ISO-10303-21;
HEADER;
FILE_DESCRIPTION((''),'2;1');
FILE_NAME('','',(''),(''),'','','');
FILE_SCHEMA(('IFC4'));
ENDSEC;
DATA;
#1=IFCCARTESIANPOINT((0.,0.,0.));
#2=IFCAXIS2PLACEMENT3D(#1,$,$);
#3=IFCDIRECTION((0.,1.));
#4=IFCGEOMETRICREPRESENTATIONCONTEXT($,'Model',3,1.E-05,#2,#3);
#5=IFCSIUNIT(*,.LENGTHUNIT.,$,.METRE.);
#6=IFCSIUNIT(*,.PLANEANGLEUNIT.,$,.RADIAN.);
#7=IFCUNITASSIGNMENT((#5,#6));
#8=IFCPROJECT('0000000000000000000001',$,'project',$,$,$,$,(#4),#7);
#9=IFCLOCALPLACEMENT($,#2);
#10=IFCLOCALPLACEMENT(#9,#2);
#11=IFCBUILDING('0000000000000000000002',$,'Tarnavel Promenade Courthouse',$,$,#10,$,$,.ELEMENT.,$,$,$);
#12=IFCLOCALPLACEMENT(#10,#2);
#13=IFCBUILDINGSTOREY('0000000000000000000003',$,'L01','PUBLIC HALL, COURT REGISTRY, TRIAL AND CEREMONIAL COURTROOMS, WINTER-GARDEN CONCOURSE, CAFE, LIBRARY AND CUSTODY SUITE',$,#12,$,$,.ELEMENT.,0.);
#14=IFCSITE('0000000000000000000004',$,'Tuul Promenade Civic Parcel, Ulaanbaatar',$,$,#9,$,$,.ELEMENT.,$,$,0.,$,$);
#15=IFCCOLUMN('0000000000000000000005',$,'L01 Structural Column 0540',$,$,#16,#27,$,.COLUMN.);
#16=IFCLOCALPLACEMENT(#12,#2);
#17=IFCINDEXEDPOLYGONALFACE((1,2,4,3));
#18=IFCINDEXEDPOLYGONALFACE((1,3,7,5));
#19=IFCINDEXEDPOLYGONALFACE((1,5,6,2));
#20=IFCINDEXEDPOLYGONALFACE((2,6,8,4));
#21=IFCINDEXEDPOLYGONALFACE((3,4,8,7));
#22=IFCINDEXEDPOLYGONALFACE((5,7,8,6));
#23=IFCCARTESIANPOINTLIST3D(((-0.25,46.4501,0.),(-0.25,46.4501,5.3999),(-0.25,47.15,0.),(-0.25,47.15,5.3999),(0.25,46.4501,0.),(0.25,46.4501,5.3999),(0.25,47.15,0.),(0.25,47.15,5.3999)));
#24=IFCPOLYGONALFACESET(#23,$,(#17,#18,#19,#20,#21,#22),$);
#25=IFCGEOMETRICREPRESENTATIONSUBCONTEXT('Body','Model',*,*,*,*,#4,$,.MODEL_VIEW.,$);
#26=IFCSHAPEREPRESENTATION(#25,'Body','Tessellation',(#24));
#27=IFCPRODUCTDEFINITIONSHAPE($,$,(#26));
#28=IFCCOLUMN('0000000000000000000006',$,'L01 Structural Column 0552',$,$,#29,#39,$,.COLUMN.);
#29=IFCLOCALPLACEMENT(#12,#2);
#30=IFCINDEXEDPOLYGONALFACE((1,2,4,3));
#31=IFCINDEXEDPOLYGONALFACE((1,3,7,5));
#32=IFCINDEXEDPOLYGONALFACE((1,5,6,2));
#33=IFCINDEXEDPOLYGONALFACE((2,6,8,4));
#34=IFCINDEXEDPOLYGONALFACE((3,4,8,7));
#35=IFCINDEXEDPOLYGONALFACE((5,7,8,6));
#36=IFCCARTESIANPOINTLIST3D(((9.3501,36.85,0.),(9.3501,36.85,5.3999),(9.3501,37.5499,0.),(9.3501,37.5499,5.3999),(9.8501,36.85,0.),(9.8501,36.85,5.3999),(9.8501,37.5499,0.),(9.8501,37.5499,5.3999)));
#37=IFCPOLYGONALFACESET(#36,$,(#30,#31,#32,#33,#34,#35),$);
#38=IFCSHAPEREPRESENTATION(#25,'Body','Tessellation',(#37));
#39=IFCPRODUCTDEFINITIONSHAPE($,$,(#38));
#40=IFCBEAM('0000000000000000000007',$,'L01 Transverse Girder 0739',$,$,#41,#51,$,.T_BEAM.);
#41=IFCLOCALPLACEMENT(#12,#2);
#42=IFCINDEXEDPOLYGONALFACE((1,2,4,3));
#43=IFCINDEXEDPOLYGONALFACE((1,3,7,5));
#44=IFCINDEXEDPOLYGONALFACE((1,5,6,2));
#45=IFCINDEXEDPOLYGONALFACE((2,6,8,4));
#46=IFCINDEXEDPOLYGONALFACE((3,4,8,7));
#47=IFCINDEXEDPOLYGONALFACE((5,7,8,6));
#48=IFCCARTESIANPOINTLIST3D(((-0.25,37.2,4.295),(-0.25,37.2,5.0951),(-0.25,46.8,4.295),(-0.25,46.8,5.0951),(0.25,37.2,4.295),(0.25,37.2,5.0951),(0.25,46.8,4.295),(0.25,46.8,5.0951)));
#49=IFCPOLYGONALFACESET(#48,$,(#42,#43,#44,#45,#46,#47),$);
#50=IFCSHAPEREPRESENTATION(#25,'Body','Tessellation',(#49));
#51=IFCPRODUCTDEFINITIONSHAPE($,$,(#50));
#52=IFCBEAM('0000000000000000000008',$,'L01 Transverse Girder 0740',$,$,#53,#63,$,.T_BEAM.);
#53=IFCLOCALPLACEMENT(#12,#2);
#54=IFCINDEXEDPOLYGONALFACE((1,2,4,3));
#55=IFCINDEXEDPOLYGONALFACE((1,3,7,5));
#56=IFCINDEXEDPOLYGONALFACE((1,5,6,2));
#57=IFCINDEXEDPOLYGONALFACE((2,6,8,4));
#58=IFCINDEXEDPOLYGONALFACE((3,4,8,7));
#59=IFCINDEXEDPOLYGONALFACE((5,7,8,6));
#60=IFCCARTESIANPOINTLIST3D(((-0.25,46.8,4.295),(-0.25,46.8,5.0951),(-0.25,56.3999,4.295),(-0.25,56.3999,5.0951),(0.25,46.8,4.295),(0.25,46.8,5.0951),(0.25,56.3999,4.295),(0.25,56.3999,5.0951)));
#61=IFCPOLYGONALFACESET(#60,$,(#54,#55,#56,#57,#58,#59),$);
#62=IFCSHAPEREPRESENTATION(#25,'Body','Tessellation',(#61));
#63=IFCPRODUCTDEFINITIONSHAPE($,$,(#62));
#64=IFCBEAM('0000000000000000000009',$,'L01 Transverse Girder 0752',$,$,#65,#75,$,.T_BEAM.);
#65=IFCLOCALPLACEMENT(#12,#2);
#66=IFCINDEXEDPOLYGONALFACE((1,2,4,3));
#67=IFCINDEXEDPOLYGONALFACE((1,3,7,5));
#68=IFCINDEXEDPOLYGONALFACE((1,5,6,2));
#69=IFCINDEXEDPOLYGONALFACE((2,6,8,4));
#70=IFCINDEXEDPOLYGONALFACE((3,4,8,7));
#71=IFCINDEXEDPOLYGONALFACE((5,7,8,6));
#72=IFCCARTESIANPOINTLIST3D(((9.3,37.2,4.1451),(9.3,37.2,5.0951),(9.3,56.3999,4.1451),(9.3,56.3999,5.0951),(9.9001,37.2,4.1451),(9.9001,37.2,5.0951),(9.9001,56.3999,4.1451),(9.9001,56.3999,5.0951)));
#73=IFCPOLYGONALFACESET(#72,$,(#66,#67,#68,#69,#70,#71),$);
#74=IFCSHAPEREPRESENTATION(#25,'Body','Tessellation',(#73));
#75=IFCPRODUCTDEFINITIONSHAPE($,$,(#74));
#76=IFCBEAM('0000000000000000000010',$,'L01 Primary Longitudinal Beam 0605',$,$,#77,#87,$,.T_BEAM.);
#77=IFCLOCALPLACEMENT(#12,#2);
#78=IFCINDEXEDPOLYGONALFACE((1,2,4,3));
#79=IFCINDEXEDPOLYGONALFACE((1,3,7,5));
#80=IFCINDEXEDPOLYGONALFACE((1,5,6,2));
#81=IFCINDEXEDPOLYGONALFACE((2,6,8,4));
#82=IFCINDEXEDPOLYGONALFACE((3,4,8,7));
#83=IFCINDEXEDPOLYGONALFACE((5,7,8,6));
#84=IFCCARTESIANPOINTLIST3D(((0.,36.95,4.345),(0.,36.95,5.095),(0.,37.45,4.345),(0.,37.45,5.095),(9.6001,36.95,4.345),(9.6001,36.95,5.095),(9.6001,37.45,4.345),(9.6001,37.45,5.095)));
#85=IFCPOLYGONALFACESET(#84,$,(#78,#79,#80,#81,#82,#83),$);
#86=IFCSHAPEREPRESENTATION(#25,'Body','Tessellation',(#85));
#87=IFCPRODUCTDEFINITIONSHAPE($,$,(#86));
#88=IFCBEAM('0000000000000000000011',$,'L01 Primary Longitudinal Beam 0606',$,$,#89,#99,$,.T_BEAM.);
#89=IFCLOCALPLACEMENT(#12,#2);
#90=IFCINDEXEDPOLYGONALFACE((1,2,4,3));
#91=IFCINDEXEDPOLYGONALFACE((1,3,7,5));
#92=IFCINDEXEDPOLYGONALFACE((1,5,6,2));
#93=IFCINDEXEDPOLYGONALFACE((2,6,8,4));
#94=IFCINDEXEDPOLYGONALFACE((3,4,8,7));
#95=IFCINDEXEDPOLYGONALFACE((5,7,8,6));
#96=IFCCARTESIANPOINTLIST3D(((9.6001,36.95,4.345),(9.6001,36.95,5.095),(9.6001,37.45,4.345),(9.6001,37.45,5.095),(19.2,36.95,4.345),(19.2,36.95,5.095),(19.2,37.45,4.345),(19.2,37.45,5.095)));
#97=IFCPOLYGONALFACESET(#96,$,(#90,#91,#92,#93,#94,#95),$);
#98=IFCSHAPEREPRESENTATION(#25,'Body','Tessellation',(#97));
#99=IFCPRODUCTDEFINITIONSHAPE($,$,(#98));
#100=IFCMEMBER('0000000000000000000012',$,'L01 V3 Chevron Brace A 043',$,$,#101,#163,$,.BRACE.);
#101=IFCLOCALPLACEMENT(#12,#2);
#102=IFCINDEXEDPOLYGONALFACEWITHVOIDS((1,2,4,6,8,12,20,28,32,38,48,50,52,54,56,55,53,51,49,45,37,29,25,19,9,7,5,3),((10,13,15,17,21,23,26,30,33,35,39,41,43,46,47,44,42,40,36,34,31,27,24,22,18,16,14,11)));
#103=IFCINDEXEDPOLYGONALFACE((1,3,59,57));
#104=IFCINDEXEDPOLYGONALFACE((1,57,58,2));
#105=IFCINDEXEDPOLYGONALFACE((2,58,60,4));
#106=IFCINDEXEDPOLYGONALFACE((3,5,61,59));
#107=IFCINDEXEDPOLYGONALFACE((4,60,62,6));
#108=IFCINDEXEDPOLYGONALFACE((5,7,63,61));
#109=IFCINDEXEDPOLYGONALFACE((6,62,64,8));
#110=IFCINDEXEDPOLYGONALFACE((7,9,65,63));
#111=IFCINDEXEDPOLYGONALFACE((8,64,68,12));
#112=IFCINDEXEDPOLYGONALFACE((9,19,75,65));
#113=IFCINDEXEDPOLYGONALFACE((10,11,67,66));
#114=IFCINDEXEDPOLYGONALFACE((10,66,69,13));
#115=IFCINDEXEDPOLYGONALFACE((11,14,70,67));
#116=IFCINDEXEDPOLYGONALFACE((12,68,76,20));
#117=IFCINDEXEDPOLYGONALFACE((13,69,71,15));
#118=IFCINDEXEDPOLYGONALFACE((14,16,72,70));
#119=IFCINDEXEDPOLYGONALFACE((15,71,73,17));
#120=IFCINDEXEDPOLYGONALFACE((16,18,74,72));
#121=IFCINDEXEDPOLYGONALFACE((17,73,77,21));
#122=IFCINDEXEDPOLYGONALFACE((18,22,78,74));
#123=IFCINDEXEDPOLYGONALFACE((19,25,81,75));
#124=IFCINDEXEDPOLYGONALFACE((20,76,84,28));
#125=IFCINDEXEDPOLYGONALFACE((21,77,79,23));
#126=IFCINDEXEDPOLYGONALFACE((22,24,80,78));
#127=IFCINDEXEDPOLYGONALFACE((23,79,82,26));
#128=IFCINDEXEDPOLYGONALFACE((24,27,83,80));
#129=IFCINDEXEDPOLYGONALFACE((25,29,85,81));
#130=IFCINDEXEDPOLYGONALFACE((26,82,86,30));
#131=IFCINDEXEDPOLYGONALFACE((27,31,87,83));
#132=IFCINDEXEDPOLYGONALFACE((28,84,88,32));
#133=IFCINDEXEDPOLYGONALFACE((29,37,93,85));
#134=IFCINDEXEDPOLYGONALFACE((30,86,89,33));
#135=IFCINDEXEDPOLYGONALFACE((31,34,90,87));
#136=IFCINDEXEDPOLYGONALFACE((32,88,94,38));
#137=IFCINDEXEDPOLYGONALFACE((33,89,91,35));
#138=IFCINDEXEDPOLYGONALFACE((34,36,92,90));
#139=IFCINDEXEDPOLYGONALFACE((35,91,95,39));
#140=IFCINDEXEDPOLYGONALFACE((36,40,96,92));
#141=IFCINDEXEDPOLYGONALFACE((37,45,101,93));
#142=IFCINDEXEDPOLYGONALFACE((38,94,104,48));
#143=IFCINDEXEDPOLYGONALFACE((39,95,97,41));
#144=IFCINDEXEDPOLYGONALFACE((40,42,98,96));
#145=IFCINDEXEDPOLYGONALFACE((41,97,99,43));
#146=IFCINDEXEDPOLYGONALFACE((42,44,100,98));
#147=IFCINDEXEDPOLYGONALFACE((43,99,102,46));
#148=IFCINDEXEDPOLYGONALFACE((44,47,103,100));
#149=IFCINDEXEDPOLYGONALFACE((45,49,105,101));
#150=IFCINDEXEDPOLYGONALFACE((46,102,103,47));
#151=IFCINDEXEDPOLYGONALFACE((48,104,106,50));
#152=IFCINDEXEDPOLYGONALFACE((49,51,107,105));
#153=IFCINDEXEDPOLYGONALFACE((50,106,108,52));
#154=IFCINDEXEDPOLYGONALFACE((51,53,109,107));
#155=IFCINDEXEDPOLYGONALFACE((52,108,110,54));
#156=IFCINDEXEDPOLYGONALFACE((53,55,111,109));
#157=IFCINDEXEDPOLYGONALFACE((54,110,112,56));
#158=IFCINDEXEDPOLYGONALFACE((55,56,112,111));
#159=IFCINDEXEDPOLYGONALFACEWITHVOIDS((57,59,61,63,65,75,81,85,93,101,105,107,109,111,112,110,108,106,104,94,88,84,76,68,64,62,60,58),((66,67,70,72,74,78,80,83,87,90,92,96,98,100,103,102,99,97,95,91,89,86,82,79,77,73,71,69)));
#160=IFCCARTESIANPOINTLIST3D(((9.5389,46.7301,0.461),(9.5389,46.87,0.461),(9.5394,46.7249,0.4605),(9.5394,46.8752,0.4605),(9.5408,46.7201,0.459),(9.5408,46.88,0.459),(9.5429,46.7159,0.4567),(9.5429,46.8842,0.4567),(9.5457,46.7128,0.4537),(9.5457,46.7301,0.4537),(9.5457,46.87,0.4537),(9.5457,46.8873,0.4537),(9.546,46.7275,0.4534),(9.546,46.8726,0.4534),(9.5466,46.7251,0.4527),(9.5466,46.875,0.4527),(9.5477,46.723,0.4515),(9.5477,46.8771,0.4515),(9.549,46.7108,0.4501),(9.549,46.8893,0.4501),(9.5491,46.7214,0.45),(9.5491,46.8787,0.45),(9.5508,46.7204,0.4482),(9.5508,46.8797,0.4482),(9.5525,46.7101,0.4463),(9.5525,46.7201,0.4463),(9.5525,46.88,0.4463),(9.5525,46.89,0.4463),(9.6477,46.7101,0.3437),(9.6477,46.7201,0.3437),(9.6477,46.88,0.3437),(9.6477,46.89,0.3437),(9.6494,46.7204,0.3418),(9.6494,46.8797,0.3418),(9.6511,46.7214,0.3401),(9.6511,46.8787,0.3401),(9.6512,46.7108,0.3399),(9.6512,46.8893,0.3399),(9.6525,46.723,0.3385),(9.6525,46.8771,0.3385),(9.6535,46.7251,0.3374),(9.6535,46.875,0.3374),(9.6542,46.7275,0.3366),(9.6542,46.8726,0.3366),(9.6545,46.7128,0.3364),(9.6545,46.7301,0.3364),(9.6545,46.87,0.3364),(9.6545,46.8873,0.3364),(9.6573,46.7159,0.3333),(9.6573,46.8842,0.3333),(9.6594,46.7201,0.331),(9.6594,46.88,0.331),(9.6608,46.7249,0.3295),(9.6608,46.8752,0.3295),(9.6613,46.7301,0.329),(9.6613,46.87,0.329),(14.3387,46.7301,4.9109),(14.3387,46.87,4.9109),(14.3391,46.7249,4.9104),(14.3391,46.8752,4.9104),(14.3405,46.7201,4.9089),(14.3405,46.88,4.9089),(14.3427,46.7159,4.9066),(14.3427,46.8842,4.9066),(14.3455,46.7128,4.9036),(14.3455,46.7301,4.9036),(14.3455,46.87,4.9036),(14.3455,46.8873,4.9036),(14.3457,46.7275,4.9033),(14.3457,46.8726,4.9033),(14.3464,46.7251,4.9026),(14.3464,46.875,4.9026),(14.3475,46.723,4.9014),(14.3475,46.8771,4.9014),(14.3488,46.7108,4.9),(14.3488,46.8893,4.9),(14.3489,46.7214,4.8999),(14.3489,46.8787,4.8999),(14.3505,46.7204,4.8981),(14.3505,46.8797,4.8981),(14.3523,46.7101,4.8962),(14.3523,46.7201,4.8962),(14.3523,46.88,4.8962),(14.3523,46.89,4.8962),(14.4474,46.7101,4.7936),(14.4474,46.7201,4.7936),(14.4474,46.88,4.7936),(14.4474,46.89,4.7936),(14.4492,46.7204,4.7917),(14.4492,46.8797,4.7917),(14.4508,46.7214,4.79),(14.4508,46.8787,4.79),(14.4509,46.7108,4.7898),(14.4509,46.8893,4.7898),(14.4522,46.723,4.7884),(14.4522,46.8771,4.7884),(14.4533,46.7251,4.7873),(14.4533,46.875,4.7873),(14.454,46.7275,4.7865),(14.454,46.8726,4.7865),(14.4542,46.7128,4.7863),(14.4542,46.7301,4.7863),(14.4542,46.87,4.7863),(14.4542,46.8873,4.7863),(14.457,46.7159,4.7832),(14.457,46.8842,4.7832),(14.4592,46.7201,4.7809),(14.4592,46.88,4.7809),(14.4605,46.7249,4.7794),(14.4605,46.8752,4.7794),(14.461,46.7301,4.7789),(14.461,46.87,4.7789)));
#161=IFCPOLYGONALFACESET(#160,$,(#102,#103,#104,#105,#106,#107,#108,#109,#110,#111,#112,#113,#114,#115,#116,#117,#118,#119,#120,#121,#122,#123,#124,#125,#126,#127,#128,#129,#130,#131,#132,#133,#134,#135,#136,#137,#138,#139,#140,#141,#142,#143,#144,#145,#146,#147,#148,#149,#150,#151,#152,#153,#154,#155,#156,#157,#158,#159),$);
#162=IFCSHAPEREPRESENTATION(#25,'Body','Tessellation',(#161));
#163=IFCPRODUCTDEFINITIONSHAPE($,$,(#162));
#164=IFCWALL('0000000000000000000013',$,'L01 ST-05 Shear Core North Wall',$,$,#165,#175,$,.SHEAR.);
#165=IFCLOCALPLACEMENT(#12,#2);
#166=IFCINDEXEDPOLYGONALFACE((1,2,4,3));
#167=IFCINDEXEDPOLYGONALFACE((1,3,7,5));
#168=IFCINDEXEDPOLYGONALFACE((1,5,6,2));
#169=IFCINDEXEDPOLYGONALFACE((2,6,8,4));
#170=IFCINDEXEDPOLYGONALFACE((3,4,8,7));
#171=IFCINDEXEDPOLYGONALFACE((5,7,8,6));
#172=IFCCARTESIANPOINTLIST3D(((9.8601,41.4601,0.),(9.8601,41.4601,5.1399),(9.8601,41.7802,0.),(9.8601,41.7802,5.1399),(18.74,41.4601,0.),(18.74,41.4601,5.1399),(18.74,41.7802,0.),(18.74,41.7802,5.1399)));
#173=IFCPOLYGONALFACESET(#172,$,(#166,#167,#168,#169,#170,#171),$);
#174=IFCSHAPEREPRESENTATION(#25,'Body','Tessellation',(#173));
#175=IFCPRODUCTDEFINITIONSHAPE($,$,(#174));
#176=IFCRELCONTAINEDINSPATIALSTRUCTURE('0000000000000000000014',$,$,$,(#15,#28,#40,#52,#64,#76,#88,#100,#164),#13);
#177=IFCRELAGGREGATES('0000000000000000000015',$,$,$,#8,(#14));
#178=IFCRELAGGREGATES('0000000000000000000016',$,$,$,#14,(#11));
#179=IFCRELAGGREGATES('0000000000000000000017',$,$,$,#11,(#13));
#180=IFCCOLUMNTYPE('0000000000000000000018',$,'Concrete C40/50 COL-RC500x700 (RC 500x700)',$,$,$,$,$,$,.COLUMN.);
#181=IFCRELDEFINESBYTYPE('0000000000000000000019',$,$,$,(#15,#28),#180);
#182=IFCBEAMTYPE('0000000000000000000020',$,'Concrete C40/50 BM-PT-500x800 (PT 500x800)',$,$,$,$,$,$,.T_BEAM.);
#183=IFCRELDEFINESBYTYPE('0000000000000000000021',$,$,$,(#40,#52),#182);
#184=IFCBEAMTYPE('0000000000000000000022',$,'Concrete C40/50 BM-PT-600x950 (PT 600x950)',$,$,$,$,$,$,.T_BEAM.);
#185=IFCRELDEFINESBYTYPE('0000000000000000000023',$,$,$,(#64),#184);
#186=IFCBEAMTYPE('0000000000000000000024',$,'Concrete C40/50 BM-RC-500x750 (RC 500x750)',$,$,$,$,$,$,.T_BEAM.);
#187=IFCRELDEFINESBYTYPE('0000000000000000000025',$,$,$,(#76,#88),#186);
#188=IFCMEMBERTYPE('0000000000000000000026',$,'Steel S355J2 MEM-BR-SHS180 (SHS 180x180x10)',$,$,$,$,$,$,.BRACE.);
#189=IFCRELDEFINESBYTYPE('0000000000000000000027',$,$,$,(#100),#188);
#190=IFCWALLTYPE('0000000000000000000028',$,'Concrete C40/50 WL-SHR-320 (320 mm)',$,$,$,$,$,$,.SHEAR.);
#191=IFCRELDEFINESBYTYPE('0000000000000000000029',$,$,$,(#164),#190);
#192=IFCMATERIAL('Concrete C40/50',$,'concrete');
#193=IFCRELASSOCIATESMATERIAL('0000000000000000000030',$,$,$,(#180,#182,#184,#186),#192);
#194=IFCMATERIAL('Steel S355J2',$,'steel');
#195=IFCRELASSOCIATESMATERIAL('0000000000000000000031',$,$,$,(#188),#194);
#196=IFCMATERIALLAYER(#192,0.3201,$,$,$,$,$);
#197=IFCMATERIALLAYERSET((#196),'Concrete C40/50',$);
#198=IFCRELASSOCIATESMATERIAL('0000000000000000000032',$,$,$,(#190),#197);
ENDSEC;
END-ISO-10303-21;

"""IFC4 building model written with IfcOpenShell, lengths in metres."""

from ifc_helpers import new_model, si_unit, direction, frame, frame_2d, origin, origin_2d, place, context, subcontext, project, spatial, rectangle, hollow_rectangle, extrude, material, layer, layer_set, material_profile, profile_set, type_object, element, save


model = new_model("IFC4")

# Units and contexts
model_context = context("Model", 3, precision=1e-05, world=origin(), true_north=direction((0.0, 1.0)))
body_context = subcontext(model_context, "Body", "Model", "MODEL_VIEW")
ifc_project = project(units=[si_unit("LENGTHUNIT", "METRE"), si_unit("PLANEANGLEUNIT", "RADIAN")], contexts=[model_context])

# Site, building, storey
site_placement = place(None, origin())
site = spatial("IfcSite", under=ifc_project, at=site_placement, Name="Tuul Promenade Civic Parcel, Ulaanbaatar", CompositionType="ELEMENT", RefElevation=0.0)
building_placement = place(site_placement, origin())
building = spatial("IfcBuilding", under=site, at=building_placement, Name="Tarnavel Promenade Courthouse", CompositionType="ELEMENT")
storey_placement = place(building_placement, origin())
storey = spatial("IfcBuildingStorey", under=building, at=storey_placement, Name="L01", Description="PUBLIC HALL, COURT REGISTRY, TRIAL AND CEREMONIAL COURTROOMS, WINTER-GARDEN CONCOURSE, CAFE, LIBRARY AND CUSTODY SUITE", CompositionType="ELEMENT", Elevation=0.0)

# Columns
ifc_material_1 = material(Name="Concrete C40/50", Category="concrete")
ifc_material_profile_1 = material_profile(ifc_material_1, rectangle(XDim=0.5, YDim=0.7, at=origin_2d()), Name="RC 500x700")
ifc_profile_set_1 = profile_set([ifc_material_profile_1], Name="Concrete C40/50")
column_type = type_object("IfcColumnType", Name="Concrete C40/50 COL-RC500x700 (RC 500x700)", PredefinedType="COLUMN", material=ifc_profile_set_1)
for number, where, z_axis, x_axis, name in (
    (1, (0.0, 46.8, 0.0), (0.0, 0.0, 1.0), (1.0, 0.0, 0.0), "L01 Structural Column 0540"),
    (2, (9.6001, 37.2, 0.0), (0.0, 0.0, 1.0), (1.0, 0.0, 0.0), "L01 Structural Column 0552"),
):
    element("IfcColumn", number, at=place(storey_placement, frame(where, z_axis=z_axis, x_axis=x_axis)), inside=storey, type_object=column_type, Name=name, PredefinedType="COLUMN", context=body_context, shape_type="SweptSolid", body=[
        extrude(rectangle(XDim=0.5, YDim=0.7, at=origin_2d()), origin(), (0.0, 0.0, 1.0), 5.3999),
    ])

# Beams
ifc_material_profile_2 = material_profile(ifc_material_1, rectangle(XDim=0.5, YDim=0.8, at=origin_2d()), Name="PT 500x800")
ifc_profile_set_2 = profile_set([ifc_material_profile_2], Name="Concrete C40/50")
beam_type_1 = type_object("IfcBeamType", Name="Concrete C40/50 BM-PT-500x800 (PT 500x800)", PredefinedType="T_BEAM", material=ifc_profile_set_2)
beam_1_placement = place(storey_placement, frame((0.0, 37.2, 4.6951), z_axis=(0.0, 1.0, 0.0), x_axis=(-1.0, 0.0, 0.0)))
element("IfcBeam", 3, at=beam_1_placement, inside=storey, type_object=beam_type_1, Name="L01 Transverse Girder 0739", PredefinedType="T_BEAM", context=body_context, shape_type="SweptSolid", body=[
    extrude(rectangle(XDim=0.5, YDim=0.8, at=origin_2d()), origin(), (0.0, 0.0, 1.0), 9.6001),
])
beam_2_placement = place(storey_placement, frame((0.0, 46.8, 4.6951), z_axis=(0.0, 1.0, 0.0), x_axis=(-1.0, 0.0, 0.0)))
element("IfcBeam", 4, at=beam_2_placement, inside=storey, type_object=beam_type_1, Name="L01 Transverse Girder 0740", PredefinedType="T_BEAM", context=body_context, shape_type="SweptSolid", body=[
    extrude(rectangle(XDim=0.5, YDim=0.8, at=origin_2d()), origin(), (0.0, 0.0, 1.0), 9.5999),
])
ifc_material_profile_3 = material_profile(ifc_material_1, rectangle(XDim=0.6001, YDim=0.95, at=origin_2d()), Name="PT 600x950")
ifc_profile_set_3 = profile_set([ifc_material_profile_3], Name="Concrete C40/50")
beam_type_2 = type_object("IfcBeamType", Name="Concrete C40/50 BM-PT-600x950 (PT 600x950)", PredefinedType="T_BEAM", material=ifc_profile_set_3)
beam_3_placement = place(storey_placement, frame((9.6001, 37.2, 4.6201), z_axis=(0.0, 1.0, 0.0), x_axis=(-1.0, 0.0, 0.0)))
element("IfcBeam", 5, at=beam_3_placement, inside=storey, type_object=beam_type_2, Name="L01 Transverse Girder 0752", PredefinedType="T_BEAM", context=body_context, shape_type="SweptSolid", body=[
    extrude(rectangle(XDim=0.6001, YDim=0.95, at=origin_2d()), origin(), (0.0, 0.0, 1.0), 19.2),
])
ifc_material_profile_4 = material_profile(ifc_material_1, rectangle(XDim=0.5, YDim=0.75, at=origin_2d()), Name="RC 500x750")
ifc_profile_set_4 = profile_set([ifc_material_profile_4], Name="Concrete C40/50")
beam_type_3 = type_object("IfcBeamType", Name="Concrete C40/50 BM-RC-500x750 (RC 500x750)", PredefinedType="T_BEAM", material=ifc_profile_set_4)
beam_4_placement = place(storey_placement, frame((0.0, 37.2, 4.72), z_axis=(1.0, 0.0, 0.0), x_axis=(0.0, 1.0, 0.0)))
element("IfcBeam", 6, at=beam_4_placement, inside=storey, type_object=beam_type_3, Name="L01 Primary Longitudinal Beam 0605", PredefinedType="T_BEAM", context=body_context, shape_type="SweptSolid", body=[
    extrude(rectangle(XDim=0.5, YDim=0.75, at=origin_2d()), origin(), (0.0, 0.0, 1.0), 9.6001),
])
beam_5_placement = place(storey_placement, frame((9.6001, 37.2, 4.72), z_axis=(1.0, 0.0, 0.0), x_axis=(0.0, 1.0, 0.0)))
element("IfcBeam", 7, at=beam_5_placement, inside=storey, type_object=beam_type_3, Name="L01 Primary Longitudinal Beam 0606", PredefinedType="T_BEAM", context=body_context, shape_type="SweptSolid", body=[
    extrude(rectangle(XDim=0.5, YDim=0.75, at=origin_2d()), origin(), (0.0, 0.0, 1.0), 9.5999),
])

# Member
ifc_material_2 = material(Name="Steel S355J2", Category="steel")
ifc_material_profile_5 = material_profile(ifc_material_2, hollow_rectangle(XDim=0.1799, YDim=0.1799, WallThickness=0.01, InnerFilletRadius=0.01, OuterFilletRadius=0.02, at=origin_2d()), Name="SHS 180x180x10")
ifc_profile_set_5 = profile_set([ifc_material_profile_5], Name="Steel S355J2")
member_type = type_object("IfcMemberType", Name="Steel S355J2 MEM-BR-SHS180 (SHS 180x180x10)", PredefinedType="BRACE", material=ifc_profile_set_5)
member_placement = place(storey_placement, frame((9.6001, 46.8, 0.395), z_axis=(0.733327, 0.0, 0.679876), x_axis=(0.0, 1.0, 0.0)))
element("IfcMember", 8, at=member_placement, inside=storey, type_object=member_type, Name="L01 V3 Chevron Brace A 043", PredefinedType="BRACE", context=body_context, shape_type="SweptSolid", body=[
    extrude(hollow_rectangle(XDim=0.1799, YDim=0.1799, WallThickness=0.01, InnerFilletRadius=0.01, OuterFilletRadius=0.02, at=origin_2d()), origin(), (0.0, 0.0, 1.0), 6.5452),
])

# Wall
ifc_layer_1 = layer(ifc_material_1, 0.3201)
ifc_layer_set_1 = layer_set([ifc_layer_1], Name="Concrete C40/50")
wall_type_1 = type_object("IfcWallType", Name="Concrete C40/50 WL-SHR-320 (320 mm)", PredefinedType="SHEAR", material=ifc_layer_set_1)
wall_1_placement = place(storey_placement, frame((9.8601, 41.6201, 0.0), z_axis=(0.0, 0.0, 1.0), x_axis=(1.0, 0.0, 0.0)))
element("IfcWall", 9, at=wall_1_placement, inside=storey, type_object=wall_type_1, Name="L01 ST-05 Shear Core North Wall", PredefinedType="SHEAR", context=body_context, shape_type="SweptSolid", body=[
    extrude(rectangle(XDim=8.8799, YDim=0.3201, at=frame_2d((4.4399, 0.0))), origin(), (0.0, 0.0, 1.0), 5.1399),
])

save(model, "model.ifc")
